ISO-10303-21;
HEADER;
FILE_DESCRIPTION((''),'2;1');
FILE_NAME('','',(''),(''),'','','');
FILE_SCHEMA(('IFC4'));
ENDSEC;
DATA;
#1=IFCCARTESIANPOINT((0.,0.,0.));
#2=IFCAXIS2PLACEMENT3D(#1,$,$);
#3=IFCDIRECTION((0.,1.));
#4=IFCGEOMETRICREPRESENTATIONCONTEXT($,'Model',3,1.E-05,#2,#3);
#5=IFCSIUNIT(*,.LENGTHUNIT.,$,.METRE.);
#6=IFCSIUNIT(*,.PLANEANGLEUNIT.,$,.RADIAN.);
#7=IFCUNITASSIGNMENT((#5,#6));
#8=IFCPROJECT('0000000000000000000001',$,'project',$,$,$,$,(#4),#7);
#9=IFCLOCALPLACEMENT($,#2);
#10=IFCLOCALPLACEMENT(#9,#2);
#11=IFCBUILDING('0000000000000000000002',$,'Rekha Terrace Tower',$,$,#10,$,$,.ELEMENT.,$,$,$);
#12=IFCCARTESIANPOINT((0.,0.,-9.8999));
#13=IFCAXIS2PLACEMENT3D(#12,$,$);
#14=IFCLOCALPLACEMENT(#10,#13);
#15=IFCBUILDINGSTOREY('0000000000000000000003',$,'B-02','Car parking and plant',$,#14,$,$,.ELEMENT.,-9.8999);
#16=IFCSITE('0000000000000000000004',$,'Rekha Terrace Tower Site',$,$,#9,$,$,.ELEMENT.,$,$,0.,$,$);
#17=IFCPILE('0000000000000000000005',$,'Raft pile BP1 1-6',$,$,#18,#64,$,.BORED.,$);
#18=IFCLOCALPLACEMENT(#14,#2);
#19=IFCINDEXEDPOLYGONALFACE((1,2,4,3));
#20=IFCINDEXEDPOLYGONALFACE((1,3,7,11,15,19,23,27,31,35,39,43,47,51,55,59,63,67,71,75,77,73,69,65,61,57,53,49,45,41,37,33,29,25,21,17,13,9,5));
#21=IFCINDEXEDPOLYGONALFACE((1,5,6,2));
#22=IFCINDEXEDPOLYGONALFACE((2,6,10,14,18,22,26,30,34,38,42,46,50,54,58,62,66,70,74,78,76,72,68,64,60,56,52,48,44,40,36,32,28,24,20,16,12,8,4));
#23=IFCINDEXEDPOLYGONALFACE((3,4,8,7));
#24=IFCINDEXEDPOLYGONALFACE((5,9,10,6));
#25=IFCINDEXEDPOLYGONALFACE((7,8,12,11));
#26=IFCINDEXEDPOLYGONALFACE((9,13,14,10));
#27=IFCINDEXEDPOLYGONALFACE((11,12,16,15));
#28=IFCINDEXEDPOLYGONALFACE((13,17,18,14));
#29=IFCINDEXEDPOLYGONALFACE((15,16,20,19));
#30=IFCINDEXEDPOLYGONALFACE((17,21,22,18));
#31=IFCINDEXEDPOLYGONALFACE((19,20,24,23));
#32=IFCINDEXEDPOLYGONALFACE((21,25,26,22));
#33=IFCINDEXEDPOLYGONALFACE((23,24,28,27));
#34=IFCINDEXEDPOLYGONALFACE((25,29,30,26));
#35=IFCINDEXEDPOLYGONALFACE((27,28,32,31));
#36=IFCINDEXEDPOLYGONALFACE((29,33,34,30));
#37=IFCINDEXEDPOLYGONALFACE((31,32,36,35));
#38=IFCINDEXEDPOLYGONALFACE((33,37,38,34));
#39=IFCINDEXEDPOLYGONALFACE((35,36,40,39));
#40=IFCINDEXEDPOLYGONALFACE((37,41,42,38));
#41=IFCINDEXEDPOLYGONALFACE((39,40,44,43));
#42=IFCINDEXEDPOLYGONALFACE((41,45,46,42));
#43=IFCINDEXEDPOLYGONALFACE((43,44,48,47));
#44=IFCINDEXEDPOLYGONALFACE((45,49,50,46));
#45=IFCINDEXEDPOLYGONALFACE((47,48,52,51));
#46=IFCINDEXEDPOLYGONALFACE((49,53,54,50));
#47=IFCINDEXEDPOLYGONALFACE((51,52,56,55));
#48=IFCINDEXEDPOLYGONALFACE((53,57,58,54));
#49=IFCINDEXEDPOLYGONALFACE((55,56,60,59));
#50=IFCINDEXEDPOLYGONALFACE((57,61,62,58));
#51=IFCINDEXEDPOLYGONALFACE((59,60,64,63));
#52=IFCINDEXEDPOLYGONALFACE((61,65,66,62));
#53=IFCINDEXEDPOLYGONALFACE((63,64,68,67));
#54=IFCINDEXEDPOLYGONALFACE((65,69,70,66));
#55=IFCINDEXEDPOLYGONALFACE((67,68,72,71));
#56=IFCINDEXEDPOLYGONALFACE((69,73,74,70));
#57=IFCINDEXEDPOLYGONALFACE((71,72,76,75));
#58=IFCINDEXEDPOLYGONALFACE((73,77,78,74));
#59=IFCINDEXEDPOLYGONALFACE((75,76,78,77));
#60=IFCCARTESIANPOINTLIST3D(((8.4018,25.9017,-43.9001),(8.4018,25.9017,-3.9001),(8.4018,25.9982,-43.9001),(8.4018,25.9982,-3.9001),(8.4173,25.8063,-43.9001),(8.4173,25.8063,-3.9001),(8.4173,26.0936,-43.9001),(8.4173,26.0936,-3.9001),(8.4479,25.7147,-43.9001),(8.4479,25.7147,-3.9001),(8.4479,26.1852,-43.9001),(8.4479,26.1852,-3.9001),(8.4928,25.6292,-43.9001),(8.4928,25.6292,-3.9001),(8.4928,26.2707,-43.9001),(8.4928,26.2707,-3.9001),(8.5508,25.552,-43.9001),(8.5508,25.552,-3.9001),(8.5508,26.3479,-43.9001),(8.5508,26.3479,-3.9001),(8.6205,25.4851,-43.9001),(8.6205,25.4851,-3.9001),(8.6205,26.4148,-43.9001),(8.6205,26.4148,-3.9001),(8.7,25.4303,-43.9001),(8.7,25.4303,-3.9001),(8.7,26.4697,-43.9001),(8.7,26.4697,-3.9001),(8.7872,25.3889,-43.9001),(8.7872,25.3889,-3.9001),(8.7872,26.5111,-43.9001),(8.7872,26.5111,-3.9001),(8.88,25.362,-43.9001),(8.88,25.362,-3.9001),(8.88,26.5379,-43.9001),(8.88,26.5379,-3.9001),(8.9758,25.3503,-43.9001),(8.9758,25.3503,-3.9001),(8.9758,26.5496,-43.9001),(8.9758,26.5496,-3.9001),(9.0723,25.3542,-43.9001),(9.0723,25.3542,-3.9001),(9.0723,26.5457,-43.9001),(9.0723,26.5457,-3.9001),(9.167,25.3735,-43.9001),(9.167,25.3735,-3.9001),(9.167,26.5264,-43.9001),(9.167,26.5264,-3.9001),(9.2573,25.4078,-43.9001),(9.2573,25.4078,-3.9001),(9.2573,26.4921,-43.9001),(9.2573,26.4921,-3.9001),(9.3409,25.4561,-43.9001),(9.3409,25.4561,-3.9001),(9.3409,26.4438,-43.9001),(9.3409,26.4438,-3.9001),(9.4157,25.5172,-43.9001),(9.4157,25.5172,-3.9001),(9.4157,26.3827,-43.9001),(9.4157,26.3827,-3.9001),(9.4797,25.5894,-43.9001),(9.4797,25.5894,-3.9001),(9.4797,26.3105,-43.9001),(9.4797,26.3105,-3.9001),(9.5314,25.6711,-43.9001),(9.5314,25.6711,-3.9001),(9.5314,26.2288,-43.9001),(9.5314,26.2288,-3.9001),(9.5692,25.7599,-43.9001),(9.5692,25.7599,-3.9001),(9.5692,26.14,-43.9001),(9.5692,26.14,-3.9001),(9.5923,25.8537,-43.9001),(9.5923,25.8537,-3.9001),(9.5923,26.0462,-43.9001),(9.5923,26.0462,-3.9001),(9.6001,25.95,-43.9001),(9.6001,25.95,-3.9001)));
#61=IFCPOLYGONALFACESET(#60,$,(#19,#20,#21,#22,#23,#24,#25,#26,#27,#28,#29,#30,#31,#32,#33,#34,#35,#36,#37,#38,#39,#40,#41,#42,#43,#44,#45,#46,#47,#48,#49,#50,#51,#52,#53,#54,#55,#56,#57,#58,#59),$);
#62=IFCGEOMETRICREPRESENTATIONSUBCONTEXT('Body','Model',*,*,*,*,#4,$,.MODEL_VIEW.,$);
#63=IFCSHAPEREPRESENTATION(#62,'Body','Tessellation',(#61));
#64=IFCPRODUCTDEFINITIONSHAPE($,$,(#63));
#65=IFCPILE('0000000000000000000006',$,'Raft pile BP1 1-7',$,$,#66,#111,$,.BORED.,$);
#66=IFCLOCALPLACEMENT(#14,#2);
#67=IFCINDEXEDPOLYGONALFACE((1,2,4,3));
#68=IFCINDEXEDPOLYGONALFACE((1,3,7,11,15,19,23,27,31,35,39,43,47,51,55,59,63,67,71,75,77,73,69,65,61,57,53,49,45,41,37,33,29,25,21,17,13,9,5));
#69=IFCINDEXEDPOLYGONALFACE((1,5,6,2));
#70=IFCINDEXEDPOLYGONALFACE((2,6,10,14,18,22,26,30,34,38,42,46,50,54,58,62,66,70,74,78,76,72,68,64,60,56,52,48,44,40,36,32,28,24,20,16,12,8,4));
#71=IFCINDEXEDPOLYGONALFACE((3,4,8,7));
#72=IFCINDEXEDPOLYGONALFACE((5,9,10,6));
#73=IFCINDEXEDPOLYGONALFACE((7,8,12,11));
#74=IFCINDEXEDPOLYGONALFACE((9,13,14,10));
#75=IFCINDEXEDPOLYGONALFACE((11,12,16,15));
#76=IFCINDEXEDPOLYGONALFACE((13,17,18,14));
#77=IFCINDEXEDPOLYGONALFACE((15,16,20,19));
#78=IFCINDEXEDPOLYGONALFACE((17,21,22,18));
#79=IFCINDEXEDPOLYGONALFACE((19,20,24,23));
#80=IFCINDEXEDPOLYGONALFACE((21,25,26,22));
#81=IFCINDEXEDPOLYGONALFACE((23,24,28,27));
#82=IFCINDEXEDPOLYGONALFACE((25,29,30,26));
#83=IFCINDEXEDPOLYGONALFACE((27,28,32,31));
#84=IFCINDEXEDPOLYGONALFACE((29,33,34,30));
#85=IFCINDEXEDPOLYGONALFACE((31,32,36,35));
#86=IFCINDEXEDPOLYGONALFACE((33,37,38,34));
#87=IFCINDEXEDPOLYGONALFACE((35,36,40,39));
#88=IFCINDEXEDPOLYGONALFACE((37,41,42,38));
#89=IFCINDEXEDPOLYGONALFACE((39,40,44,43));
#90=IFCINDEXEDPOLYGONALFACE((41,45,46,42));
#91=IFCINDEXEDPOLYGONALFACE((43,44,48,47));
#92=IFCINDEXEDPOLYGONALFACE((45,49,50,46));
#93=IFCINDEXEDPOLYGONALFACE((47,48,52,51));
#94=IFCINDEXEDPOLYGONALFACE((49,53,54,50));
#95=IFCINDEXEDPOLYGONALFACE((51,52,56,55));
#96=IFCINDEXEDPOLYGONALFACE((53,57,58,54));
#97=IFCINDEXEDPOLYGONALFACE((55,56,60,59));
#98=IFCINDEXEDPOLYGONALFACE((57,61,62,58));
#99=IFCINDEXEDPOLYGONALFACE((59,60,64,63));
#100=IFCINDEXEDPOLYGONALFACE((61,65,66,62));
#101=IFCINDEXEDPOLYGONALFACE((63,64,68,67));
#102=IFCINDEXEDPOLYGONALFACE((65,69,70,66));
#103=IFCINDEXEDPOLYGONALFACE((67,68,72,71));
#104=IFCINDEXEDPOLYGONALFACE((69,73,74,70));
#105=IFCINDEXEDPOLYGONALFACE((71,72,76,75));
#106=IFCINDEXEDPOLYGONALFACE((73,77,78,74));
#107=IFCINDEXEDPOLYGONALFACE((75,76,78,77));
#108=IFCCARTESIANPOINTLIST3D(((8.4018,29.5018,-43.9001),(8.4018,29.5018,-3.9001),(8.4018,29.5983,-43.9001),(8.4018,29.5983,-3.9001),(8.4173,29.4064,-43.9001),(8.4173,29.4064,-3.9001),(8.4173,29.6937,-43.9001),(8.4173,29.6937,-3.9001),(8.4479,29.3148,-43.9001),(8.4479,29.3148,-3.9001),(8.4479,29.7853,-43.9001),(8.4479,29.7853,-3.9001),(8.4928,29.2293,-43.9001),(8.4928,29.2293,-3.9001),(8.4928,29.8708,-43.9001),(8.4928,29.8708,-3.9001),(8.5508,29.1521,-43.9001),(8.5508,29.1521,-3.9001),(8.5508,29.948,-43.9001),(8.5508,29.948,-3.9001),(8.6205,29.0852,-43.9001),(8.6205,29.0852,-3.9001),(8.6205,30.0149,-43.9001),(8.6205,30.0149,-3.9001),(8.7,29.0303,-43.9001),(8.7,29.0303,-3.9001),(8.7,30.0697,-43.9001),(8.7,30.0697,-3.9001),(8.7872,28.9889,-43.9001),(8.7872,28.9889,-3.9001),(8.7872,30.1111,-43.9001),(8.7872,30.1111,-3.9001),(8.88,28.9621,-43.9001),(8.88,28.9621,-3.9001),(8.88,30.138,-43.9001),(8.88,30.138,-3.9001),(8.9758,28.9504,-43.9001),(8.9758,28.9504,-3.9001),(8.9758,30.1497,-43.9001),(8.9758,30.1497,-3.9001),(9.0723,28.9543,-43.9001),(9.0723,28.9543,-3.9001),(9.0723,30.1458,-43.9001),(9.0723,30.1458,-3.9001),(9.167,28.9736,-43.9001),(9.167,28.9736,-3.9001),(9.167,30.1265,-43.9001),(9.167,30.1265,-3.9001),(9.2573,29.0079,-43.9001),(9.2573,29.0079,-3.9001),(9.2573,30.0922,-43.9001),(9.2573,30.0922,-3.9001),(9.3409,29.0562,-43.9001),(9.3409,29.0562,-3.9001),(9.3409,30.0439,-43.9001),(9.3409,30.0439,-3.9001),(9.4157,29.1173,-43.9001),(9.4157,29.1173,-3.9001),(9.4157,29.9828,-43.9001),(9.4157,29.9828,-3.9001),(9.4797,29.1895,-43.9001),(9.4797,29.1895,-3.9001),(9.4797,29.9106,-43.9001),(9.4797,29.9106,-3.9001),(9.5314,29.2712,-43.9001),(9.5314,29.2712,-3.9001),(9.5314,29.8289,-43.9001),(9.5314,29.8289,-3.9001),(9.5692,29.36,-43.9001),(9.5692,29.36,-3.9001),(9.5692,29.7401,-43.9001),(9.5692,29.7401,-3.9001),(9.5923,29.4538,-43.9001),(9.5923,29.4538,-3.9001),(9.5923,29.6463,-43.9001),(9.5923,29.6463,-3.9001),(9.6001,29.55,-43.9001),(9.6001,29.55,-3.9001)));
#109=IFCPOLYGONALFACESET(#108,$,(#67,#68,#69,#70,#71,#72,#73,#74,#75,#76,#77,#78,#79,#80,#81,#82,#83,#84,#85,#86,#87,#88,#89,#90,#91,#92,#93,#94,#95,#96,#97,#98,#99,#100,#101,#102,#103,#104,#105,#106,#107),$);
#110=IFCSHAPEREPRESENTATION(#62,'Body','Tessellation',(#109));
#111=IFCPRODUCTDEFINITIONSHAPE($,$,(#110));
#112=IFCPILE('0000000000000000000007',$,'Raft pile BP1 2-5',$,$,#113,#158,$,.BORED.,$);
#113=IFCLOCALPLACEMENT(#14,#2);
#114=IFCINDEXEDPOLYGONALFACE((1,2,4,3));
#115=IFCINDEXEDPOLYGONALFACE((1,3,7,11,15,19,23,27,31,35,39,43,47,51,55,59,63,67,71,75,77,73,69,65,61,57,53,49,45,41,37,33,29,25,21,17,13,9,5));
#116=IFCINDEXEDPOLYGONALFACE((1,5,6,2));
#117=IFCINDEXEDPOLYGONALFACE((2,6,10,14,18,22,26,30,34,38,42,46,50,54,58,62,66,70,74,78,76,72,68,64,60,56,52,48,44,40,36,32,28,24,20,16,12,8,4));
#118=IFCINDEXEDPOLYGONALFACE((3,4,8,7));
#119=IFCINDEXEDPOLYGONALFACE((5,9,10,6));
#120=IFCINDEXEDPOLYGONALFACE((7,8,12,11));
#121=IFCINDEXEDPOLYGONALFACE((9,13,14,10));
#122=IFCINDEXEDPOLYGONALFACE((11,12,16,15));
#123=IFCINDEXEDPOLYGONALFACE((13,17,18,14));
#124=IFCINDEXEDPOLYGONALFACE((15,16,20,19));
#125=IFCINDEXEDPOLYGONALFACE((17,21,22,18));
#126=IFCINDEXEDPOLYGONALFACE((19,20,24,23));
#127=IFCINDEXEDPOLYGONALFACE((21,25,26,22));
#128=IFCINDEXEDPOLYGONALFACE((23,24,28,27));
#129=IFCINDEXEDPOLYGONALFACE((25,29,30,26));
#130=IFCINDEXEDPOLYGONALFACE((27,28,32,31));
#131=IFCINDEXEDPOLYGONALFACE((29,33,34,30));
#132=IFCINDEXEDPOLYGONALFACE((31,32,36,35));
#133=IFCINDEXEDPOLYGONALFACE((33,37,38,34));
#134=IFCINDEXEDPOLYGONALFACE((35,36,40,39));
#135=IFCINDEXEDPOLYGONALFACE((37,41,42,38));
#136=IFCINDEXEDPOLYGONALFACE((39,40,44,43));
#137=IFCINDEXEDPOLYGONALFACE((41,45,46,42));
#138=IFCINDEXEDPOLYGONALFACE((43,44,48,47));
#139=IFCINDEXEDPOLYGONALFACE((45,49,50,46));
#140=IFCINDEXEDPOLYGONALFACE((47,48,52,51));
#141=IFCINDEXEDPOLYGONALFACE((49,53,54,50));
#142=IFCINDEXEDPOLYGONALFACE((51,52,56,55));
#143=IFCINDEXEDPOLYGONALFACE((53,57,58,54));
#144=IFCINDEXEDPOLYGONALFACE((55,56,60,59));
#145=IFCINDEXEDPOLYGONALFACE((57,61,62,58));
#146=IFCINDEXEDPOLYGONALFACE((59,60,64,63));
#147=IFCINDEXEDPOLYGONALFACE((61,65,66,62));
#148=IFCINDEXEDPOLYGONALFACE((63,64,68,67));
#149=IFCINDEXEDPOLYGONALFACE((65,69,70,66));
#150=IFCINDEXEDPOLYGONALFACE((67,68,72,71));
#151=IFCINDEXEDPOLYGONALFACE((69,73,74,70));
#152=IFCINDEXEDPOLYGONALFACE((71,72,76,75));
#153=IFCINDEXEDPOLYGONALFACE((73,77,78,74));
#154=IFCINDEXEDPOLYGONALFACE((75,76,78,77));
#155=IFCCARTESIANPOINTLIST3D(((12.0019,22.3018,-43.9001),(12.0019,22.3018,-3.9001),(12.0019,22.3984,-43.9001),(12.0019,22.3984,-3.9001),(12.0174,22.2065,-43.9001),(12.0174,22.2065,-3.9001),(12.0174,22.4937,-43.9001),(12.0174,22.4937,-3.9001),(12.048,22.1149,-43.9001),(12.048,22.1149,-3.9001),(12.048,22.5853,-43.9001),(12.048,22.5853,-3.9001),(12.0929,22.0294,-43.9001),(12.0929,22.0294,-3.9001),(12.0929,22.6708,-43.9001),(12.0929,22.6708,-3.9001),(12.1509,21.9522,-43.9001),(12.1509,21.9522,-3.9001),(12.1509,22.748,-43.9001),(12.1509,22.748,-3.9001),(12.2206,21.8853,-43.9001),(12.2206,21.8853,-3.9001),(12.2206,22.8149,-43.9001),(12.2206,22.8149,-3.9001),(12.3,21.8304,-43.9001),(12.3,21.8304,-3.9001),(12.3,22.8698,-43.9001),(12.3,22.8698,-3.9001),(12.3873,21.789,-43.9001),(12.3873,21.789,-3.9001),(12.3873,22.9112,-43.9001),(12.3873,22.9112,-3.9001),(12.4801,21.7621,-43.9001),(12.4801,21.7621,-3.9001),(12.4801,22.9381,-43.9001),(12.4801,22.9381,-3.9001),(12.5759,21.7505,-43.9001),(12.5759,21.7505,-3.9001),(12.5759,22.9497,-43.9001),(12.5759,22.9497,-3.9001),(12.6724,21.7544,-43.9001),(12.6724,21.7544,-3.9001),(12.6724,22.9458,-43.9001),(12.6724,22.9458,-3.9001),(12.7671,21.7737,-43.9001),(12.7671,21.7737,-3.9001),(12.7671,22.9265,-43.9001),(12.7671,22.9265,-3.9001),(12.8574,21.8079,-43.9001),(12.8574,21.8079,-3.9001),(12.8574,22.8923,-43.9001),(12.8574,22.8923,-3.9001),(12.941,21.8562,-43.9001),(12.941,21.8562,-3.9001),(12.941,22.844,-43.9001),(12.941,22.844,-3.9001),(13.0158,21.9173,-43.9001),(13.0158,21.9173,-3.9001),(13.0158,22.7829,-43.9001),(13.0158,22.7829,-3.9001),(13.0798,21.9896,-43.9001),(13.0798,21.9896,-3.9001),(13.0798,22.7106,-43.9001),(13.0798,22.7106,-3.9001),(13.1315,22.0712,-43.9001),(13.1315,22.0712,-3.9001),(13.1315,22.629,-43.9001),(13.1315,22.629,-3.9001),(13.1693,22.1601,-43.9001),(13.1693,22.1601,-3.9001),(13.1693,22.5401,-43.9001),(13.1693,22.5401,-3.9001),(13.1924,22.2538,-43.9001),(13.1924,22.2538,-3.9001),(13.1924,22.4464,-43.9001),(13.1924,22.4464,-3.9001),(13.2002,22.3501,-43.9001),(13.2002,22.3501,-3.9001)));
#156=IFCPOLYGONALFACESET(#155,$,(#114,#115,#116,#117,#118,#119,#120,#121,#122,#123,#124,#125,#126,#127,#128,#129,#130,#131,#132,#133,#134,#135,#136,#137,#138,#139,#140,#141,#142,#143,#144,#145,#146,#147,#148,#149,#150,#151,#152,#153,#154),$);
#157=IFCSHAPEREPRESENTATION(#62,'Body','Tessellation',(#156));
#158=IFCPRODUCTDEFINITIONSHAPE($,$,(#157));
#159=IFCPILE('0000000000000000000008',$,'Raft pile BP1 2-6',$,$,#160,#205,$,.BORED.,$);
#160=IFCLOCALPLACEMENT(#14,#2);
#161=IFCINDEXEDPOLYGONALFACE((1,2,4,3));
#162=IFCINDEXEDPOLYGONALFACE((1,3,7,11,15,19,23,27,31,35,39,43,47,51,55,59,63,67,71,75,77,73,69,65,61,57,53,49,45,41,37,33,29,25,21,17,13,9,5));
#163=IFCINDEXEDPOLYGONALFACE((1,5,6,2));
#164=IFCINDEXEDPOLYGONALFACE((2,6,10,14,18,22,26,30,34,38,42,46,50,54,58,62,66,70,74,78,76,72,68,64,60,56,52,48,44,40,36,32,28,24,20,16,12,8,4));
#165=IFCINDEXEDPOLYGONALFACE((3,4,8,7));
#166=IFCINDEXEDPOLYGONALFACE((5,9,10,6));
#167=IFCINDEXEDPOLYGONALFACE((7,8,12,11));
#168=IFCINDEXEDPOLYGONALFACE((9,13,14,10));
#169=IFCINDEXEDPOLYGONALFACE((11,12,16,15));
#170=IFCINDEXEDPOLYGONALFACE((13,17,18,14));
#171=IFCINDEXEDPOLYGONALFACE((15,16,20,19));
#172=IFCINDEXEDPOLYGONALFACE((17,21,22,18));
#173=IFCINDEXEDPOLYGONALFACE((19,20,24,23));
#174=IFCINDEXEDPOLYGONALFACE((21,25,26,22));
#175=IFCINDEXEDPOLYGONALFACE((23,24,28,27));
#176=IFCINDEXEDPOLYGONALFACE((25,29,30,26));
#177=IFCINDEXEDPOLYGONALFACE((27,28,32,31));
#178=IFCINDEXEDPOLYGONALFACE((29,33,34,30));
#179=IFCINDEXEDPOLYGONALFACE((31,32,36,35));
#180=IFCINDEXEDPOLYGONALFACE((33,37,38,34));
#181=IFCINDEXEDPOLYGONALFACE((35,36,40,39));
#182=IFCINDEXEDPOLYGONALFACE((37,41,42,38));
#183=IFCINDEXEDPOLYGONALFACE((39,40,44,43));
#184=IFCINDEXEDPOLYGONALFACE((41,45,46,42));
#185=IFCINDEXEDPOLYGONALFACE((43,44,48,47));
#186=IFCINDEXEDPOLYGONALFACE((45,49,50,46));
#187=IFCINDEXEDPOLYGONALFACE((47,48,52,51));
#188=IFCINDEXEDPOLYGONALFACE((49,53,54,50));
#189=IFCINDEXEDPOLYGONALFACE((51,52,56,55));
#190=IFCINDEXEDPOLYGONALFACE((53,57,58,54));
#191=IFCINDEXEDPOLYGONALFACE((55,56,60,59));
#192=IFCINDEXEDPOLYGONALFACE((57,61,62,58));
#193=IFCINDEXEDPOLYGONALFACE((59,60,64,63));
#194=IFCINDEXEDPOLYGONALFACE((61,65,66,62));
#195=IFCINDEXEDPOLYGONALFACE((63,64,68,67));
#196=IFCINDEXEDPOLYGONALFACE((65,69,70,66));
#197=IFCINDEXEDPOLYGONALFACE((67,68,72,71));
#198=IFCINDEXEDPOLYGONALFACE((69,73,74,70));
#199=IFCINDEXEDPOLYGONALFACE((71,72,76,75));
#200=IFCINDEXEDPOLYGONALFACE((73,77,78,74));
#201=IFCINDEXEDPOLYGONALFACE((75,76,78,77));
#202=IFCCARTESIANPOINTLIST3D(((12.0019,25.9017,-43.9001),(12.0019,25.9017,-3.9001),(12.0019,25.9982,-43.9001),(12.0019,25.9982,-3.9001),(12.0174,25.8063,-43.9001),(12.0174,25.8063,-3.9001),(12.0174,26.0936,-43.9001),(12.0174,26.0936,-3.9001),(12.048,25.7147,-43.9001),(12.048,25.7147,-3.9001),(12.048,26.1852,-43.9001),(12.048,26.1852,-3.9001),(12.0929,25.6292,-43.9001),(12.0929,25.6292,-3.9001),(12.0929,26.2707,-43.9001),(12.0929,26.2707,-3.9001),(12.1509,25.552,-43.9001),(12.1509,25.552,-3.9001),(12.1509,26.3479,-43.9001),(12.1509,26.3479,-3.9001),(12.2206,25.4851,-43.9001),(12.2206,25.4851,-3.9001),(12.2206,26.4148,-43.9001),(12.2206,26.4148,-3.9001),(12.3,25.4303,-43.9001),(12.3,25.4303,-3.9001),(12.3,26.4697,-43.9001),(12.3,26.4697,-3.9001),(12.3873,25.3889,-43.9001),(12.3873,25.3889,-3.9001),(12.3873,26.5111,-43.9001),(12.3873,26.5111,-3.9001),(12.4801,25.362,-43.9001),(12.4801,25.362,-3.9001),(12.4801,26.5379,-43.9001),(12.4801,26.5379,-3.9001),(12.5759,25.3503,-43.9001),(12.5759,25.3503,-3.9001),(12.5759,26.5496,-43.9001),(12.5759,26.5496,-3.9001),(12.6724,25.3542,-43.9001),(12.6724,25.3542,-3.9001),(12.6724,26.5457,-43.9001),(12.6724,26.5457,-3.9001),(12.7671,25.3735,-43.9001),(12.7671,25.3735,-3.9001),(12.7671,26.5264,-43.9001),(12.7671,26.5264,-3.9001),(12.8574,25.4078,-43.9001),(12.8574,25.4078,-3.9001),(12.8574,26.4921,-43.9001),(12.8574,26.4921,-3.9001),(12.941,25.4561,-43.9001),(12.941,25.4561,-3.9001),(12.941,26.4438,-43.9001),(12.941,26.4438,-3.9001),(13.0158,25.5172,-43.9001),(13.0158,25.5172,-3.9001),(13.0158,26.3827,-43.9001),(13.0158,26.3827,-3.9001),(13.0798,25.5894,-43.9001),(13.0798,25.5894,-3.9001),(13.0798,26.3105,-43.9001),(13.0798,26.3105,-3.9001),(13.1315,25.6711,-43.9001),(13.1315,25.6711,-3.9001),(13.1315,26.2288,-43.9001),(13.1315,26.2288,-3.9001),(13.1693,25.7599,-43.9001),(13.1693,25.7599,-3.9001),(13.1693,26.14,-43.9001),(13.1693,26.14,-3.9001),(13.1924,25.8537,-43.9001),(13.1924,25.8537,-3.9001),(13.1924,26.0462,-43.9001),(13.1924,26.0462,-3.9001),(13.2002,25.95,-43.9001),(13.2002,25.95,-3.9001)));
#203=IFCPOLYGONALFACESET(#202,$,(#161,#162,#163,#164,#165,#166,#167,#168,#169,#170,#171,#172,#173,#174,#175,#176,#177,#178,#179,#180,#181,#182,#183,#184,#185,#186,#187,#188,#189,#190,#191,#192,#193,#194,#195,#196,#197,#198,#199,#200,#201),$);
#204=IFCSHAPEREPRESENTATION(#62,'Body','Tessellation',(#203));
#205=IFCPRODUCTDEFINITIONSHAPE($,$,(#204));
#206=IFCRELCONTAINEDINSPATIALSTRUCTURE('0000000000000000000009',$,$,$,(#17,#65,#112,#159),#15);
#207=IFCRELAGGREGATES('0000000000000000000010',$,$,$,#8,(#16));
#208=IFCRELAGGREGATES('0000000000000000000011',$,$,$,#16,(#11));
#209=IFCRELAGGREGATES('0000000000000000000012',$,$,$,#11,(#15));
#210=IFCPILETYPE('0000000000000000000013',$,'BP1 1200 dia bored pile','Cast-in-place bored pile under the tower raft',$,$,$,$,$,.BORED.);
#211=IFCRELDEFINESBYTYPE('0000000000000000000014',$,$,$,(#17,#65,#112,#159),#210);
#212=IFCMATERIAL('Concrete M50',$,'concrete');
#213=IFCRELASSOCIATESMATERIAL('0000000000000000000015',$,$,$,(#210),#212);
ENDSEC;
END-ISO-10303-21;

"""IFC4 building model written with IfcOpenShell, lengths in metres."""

from ifc_helpers import new_model, si_unit, direction, frame, origin, origin_2d, place, context, subcontext, project, spatial, circle, extrude, material, type_object, element, save


model = new_model("IFC4")

# Units and contexts
model_context = context("Model", 3, precision=1e-05, world=origin(), true_north=direction((0.0, 1.0)))
body_context = subcontext(model_context, "Body", "Model", "MODEL_VIEW")
ifc_project = project(units=[si_unit("LENGTHUNIT", "METRE"), si_unit("PLANEANGLEUNIT", "RADIAN")], contexts=[model_context])

# Site, building, storey
site_placement = place(None, origin())
site = spatial("IfcSite", under=ifc_project, at=site_placement, Name="Rekha Terrace Tower Site", CompositionType="ELEMENT", RefElevation=0.0)
building_placement = place(site_placement, origin())
building = spatial("IfcBuilding", under=site, at=building_placement, Name="Rekha Terrace Tower", CompositionType="ELEMENT")
storey_placement = place(building_placement, frame((0.0, 0.0, -9.8999)))
storey = spatial("IfcBuildingStorey", under=building, at=storey_placement, Name="B-02", Description="Car parking and plant", CompositionType="ELEMENT", Elevation=-9.8999)

# Piles
ifc_material_1 = material(Name="Concrete M50", Category="concrete")
pile_type_1 = type_object("IfcPileType", Name="BP1 1200 dia bored pile", Description="Cast-in-place bored pile under the tower raft", PredefinedType="BORED", material=ifc_material_1)
for number, where, z_axis, x_axis, name in (
    (1, (9.0, 25.95, -3.9001), (0.0, 0.0, -1.0), (1.0, 0.0, 0.0), "Raft pile BP1 1-6"),
    (2, (9.0, 29.55, -3.9001), (0.0, 0.0, -1.0), (1.0, 0.0, 0.0), "Raft pile BP1 1-7"),
    (3, (12.6001, 22.3501, -3.9001), (0.0, 0.0, -1.0), (1.0, 0.0, 0.0), "Raft pile BP1 2-5"),
    (4, (12.6001, 25.95, -3.9001), (0.0, 0.0, -1.0), (1.0, 0.0, 0.0), "Raft pile BP1 2-6"),
):
    element("IfcPile", number, at=place(storey_placement, frame(where, z_axis=z_axis, x_axis=x_axis)), inside=storey, type_object=pile_type_1, Name=name, PredefinedType="BORED", context=body_context, shape_type="SweptSolid", body=[
        extrude(circle(Radius=0.6001, at=origin_2d()), origin(), (0.0, 0.0, 1.0), 40.0),
    ])

save(model, "model.ifc")
